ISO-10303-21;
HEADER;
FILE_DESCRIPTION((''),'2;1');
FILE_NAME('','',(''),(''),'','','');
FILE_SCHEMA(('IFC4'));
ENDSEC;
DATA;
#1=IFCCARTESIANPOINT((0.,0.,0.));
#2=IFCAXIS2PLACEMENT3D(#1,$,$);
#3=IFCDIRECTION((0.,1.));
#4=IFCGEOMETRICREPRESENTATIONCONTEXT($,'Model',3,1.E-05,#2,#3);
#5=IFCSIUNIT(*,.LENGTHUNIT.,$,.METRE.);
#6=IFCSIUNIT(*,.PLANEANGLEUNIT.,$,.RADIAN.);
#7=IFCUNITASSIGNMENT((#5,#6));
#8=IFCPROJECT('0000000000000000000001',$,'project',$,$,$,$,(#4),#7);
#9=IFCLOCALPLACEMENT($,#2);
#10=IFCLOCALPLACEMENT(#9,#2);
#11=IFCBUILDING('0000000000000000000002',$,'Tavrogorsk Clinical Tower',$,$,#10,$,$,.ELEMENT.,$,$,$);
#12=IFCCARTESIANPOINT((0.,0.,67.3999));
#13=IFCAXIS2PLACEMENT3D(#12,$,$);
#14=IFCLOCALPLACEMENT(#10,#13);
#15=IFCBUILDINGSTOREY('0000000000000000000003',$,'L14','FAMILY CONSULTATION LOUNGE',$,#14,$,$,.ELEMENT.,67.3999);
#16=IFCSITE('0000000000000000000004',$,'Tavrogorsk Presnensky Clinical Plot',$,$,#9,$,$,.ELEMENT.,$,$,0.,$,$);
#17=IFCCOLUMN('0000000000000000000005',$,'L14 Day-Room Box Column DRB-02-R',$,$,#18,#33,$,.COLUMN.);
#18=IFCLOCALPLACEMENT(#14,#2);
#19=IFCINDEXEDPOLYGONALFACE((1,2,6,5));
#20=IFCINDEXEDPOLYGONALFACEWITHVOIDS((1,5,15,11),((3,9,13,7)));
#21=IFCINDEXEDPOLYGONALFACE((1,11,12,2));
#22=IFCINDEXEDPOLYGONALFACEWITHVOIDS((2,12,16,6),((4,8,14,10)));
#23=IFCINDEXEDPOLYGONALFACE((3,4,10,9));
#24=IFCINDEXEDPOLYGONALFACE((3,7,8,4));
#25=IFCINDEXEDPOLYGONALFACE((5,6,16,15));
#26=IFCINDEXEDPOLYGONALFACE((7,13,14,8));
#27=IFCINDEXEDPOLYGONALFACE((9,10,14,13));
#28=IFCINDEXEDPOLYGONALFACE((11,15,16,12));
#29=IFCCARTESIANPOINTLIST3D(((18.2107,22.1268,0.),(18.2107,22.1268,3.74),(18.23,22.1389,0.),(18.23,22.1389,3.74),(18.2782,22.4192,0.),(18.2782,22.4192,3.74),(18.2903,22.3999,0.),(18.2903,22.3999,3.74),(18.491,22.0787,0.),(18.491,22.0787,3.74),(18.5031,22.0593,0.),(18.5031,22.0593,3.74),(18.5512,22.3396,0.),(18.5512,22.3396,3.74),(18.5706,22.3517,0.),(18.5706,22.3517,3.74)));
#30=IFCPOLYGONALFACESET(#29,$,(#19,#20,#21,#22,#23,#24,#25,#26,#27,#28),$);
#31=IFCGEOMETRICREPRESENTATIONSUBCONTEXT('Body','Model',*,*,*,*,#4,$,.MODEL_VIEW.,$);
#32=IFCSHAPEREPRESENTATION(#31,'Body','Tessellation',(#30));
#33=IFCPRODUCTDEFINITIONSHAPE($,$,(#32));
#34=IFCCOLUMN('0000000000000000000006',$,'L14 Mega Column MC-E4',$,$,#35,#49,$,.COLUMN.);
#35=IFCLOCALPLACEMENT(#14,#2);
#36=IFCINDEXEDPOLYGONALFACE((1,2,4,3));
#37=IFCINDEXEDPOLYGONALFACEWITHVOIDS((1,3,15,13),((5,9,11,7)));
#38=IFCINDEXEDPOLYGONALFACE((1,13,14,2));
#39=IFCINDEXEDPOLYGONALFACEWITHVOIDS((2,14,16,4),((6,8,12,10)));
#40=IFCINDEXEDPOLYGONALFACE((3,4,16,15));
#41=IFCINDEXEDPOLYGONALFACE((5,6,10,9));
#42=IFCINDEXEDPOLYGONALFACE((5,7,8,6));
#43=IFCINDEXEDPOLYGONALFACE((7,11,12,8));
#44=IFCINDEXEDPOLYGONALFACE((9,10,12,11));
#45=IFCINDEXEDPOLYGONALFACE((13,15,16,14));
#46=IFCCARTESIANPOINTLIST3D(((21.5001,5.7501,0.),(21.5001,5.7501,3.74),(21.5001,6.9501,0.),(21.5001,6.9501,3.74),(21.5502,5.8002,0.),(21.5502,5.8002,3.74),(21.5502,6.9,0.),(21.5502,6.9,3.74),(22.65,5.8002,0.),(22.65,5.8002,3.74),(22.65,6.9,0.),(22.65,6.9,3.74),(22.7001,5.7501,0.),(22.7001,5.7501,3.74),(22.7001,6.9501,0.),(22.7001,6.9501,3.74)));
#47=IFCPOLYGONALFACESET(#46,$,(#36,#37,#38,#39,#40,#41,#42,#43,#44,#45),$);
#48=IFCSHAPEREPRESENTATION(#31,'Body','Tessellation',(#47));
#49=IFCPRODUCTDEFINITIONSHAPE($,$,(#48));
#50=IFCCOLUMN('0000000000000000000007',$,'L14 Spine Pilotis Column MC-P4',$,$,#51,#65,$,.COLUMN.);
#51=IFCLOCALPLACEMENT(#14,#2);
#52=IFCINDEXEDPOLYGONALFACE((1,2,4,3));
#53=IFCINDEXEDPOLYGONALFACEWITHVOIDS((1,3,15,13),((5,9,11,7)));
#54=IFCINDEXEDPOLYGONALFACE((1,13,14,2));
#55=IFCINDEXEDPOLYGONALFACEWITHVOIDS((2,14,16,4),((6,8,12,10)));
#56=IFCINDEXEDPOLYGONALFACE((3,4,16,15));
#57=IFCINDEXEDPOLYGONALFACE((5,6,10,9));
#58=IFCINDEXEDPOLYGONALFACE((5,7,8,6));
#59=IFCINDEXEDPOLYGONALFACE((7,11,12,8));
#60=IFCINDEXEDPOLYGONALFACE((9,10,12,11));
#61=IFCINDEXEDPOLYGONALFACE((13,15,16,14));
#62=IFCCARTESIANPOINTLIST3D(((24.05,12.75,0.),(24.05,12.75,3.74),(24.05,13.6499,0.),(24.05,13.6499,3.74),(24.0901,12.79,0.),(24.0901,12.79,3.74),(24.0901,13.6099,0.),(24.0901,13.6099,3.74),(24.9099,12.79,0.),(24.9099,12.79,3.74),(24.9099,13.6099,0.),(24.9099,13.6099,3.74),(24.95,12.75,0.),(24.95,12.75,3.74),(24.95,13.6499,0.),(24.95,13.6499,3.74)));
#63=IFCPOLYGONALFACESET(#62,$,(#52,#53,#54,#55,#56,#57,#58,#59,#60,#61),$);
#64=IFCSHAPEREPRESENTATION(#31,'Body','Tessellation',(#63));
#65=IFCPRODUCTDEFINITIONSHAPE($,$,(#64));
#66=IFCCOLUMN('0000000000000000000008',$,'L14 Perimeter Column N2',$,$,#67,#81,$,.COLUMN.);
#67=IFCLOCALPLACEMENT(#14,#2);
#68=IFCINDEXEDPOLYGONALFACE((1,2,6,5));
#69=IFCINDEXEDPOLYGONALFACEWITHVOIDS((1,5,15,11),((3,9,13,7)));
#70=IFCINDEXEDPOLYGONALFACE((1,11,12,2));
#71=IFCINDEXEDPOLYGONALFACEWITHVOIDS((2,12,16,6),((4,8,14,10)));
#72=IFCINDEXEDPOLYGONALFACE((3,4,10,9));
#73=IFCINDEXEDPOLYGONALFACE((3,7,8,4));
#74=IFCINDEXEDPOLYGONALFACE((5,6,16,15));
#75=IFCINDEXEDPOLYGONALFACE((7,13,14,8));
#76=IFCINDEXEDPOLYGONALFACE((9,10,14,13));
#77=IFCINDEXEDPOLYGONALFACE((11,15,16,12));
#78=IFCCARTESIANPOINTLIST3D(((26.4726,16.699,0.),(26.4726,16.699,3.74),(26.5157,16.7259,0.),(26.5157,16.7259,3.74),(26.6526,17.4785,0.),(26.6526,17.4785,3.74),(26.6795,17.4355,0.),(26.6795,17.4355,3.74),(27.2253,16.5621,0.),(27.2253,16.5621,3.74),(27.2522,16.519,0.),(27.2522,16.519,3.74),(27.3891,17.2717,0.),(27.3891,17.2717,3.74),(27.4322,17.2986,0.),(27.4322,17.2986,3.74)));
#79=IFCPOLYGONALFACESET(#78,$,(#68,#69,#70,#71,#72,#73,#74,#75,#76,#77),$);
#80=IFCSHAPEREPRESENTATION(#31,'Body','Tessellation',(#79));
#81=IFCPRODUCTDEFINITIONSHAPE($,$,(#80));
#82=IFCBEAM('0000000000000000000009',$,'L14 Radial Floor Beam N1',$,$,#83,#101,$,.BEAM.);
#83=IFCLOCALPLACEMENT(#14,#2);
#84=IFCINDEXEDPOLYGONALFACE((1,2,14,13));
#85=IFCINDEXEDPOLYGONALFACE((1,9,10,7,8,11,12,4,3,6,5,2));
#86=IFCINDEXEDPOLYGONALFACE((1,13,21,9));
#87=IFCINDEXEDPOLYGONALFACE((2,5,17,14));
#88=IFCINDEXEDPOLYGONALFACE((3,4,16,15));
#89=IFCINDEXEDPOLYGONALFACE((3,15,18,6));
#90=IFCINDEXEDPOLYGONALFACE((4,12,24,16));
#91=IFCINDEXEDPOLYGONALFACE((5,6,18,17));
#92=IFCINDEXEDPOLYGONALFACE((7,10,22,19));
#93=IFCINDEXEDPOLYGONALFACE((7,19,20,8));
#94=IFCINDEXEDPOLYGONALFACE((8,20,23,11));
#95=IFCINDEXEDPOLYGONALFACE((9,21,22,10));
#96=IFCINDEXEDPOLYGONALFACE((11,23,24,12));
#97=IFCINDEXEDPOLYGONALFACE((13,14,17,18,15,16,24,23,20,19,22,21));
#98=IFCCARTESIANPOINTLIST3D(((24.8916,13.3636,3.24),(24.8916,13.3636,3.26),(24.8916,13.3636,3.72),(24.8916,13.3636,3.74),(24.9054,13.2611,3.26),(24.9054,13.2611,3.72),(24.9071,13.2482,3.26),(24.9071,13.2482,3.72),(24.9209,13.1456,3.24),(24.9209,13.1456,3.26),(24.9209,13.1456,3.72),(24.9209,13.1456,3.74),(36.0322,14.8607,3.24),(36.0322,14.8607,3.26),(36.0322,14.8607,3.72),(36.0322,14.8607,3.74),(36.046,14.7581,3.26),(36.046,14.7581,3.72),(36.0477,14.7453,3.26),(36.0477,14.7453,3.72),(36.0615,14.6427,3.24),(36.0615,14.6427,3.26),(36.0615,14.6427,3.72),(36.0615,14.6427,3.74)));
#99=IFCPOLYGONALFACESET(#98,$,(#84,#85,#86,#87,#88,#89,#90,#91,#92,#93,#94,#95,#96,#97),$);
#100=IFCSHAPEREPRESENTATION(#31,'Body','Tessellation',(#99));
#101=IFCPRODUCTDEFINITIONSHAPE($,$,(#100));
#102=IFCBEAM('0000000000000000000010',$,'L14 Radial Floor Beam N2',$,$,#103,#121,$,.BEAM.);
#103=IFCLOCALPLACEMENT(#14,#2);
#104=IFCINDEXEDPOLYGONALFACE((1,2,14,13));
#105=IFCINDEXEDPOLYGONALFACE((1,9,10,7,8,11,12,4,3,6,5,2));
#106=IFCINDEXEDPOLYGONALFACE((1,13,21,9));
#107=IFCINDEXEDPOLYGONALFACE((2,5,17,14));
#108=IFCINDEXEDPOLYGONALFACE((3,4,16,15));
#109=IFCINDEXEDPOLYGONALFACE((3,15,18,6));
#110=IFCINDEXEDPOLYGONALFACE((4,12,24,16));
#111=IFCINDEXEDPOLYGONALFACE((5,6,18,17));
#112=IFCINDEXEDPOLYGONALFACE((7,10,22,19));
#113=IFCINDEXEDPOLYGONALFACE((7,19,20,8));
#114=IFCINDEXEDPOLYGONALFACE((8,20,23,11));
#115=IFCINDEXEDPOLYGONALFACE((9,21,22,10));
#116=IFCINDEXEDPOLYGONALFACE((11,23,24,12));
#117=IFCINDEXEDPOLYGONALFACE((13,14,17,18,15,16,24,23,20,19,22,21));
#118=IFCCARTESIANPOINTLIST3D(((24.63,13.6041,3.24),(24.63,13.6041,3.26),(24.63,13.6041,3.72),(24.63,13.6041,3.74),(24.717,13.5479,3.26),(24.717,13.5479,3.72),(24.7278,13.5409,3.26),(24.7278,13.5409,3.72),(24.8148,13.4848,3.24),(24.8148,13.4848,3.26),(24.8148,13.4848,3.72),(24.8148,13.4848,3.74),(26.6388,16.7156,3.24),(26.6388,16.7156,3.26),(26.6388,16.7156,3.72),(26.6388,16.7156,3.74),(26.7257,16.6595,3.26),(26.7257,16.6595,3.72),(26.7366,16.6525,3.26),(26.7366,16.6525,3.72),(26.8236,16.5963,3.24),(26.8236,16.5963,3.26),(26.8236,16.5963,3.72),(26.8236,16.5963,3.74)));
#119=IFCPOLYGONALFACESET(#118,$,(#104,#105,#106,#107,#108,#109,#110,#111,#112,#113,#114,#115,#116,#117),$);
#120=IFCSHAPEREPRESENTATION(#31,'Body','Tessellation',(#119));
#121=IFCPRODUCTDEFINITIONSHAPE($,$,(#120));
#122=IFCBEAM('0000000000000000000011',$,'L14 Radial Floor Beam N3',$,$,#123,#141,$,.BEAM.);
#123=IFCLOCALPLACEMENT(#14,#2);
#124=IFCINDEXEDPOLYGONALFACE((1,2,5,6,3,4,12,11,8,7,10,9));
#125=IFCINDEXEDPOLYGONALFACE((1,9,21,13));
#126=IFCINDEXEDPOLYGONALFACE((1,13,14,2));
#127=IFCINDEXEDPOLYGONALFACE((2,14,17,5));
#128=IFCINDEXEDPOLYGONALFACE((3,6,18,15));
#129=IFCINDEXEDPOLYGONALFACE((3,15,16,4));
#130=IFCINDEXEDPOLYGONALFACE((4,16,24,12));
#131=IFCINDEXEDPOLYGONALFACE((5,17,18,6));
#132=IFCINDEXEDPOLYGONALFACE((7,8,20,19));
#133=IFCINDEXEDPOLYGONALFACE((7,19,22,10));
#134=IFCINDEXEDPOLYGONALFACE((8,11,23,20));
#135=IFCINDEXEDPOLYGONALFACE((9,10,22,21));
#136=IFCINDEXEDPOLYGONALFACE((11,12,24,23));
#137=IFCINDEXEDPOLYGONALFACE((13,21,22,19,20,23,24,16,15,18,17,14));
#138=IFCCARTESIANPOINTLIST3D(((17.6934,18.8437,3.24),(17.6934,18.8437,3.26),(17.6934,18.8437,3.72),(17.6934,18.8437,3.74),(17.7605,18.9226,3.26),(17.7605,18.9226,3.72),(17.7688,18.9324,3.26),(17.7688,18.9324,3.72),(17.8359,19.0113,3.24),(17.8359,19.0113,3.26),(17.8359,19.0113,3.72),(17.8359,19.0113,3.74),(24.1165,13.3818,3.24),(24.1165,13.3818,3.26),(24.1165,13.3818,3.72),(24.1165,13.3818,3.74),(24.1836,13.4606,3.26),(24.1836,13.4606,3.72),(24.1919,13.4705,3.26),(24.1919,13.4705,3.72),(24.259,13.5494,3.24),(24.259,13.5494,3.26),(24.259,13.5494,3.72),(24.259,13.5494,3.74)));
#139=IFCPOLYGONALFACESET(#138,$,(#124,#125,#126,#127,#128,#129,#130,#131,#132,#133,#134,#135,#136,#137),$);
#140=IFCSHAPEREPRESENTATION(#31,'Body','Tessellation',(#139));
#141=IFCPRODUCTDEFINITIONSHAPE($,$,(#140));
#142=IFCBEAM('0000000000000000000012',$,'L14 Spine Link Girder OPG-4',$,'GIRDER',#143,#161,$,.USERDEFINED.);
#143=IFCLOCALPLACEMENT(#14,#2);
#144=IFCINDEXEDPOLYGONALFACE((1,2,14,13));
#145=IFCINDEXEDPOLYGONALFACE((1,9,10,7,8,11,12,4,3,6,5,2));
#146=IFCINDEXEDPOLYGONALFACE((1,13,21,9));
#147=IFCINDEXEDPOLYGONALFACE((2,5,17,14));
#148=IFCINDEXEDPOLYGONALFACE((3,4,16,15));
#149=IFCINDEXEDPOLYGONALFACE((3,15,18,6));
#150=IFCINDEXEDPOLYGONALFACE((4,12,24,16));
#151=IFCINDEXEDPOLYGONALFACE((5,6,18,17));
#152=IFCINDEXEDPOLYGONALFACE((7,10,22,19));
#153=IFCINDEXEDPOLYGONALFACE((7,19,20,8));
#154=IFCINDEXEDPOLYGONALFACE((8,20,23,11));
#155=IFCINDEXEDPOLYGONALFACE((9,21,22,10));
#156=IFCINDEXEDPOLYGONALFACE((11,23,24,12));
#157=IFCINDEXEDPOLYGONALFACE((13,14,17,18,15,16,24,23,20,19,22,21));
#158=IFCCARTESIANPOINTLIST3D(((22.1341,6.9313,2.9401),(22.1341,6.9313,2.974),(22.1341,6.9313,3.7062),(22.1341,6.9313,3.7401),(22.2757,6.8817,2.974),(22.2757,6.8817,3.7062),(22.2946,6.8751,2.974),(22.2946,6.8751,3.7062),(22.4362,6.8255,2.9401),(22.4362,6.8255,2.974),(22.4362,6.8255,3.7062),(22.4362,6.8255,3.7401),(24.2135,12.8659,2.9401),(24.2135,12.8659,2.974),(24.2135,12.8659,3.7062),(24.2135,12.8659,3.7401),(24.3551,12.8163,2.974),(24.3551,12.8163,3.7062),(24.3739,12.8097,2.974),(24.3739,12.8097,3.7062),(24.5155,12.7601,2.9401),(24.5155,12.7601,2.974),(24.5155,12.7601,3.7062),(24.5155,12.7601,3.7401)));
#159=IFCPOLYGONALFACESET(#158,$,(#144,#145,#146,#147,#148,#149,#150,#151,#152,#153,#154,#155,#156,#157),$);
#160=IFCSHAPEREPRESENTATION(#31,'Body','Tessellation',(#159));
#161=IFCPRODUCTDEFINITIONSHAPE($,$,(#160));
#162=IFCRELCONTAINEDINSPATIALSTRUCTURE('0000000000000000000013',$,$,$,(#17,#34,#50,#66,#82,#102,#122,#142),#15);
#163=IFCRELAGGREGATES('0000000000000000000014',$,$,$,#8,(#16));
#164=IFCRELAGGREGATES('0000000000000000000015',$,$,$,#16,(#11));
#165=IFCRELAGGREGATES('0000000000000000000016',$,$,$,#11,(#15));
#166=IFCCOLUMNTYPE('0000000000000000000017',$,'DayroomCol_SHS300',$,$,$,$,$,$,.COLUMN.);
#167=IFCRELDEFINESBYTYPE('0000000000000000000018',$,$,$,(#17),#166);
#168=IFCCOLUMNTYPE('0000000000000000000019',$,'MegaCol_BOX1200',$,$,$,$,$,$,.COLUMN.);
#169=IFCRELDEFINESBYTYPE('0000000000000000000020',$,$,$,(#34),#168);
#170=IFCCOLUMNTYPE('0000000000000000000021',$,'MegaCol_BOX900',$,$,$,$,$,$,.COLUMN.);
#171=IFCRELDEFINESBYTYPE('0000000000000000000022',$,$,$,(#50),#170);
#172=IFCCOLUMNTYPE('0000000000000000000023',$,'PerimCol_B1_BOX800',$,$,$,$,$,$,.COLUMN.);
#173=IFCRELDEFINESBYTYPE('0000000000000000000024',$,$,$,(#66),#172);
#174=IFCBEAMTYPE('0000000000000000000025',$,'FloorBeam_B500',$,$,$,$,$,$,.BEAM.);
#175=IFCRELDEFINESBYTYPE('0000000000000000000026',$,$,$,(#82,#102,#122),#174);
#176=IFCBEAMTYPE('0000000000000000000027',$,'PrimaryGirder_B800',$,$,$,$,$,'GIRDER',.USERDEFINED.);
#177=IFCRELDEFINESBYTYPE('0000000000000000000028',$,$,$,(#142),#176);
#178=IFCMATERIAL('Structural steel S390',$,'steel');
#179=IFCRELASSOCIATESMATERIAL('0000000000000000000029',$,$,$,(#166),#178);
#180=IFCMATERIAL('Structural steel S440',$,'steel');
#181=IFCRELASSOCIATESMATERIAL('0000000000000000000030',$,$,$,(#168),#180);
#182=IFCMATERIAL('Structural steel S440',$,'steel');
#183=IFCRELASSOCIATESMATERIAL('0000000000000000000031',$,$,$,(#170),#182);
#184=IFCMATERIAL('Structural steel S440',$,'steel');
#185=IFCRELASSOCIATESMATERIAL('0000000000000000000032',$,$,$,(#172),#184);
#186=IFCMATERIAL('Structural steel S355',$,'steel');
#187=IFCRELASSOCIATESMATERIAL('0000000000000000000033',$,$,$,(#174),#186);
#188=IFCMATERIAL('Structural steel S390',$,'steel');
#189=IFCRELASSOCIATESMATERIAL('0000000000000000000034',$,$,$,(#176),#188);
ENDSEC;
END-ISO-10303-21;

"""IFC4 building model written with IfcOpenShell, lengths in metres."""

from ifc_helpers import new_model, si_unit, direction, frame, origin, origin_2d, place, context, subcontext, project, spatial, hollow_rectangle, i_section, extrude, material, material_profile, profile_set, type_object, element, save


model = new_model("IFC4")

# Units and contexts
model_context = context("Model", 3, precision=1e-05, world=origin(), true_north=direction((0.0, 1.0)))
body_context = subcontext(model_context, "Body", "Model", "MODEL_VIEW")
ifc_project = project(units=[si_unit("LENGTHUNIT", "METRE"), si_unit("PLANEANGLEUNIT", "RADIAN")], contexts=[model_context])

# Site, building, storey
site_placement = place(None, origin())
site = spatial("IfcSite", under=ifc_project, at=site_placement, Name="Tavrogorsk Presnensky Clinical Plot", CompositionType="ELEMENT", RefElevation=0.0)
building_placement = place(site_placement, origin())
building = spatial("IfcBuilding", under=site, at=building_placement, Name="Tavrogorsk Clinical Tower", CompositionType="ELEMENT")
storey_placement = place(building_placement, frame((0.0, 0.0, 67.3999)))
storey = spatial("IfcBuildingStorey", under=building, at=storey_placement, Name="L14", Description="FAMILY CONSULTATION LOUNGE", CompositionType="ELEMENT", Elevation=67.3999)

# Columns
ifc_material_1 = material(Name="Structural steel S390", Category="steel")
ifc_material_profile_1 = material_profile(ifc_material_1, hollow_rectangle(XDim=0.3, YDim=0.3, WallThickness=0.0161, at=origin_2d()), Name="SHS-300x300x16")
ifc_profile_set_1 = profile_set([ifc_material_profile_1], Name="Structural steel S390")
column_type_1 = type_object("IfcColumnType", Name="DayroomCol_SHS300", PredefinedType="COLUMN", material=ifc_profile_set_1)
column_1_placement = place(storey_placement, frame((18.3906, 22.2393, 0.0), z_axis=(0.0, 0.0, 1.0), x_axis=(0.97437, -0.224951, 0.0)))
element("IfcColumn", 1, at=column_1_placement, inside=storey, type_object=column_type_1, Name="L14 Day-Room Box Column DRB-02-R", PredefinedType="COLUMN", context=body_context, shape_type="SweptSolid", body=[
    extrude(hollow_rectangle(XDim=0.3, YDim=0.3, WallThickness=0.0161, at=origin_2d()), origin(), (0.0, 0.0, 1.0), 3.74),
])
ifc_material_2 = material(Name="Structural steel S440", Category="steel")
ifc_material_profile_2 = material_profile(ifc_material_2, hollow_rectangle(XDim=1.2, YDim=1.2, WallThickness=0.05, at=origin_2d()), Name="BOX-1200x1200x50")
ifc_profile_set_2 = profile_set([ifc_material_profile_2], Name="Structural steel S440")
column_type_2 = type_object("IfcColumnType", Name="MegaCol_BOX1200", PredefinedType="COLUMN", material=ifc_profile_set_2)
column_2_placement = place(storey_placement, frame((22.1001, 6.3501, 0.0), z_axis=(0.0, 0.0, 1.0), x_axis=(1.0, 0.0, 0.0)))
element("IfcColumn", 2, at=column_2_placement, inside=storey, type_object=column_type_2, Name="L14 Mega Column MC-E4", PredefinedType="COLUMN", context=body_context, shape_type="SweptSolid", body=[
    extrude(hollow_rectangle(XDim=1.2, YDim=1.2, WallThickness=0.05, at=origin_2d()), origin(), (0.0, 0.0, 1.0), 3.74),
])
ifc_material_3 = material(Name="Structural steel S440", Category="steel")
ifc_material_profile_3 = material_profile(ifc_material_3, hollow_rectangle(XDim=0.8999, YDim=0.8999, WallThickness=0.04, at=origin_2d()), Name="BOX-900x900x40")
ifc_profile_set_3 = profile_set([ifc_material_profile_3], Name="Structural steel S440")
column_type_3 = type_object("IfcColumnType", Name="MegaCol_BOX900", PredefinedType="COLUMN", material=ifc_profile_set_3)
column_3_placement = place(storey_placement, frame((24.5, 13.2, 0.0), z_axis=(0.0, 0.0, 1.0), x_axis=(1.0, 0.0, 0.0)))
element("IfcColumn", 3, at=column_3_placement, inside=storey, type_object=column_type_3, Name="L14 Spine Pilotis Column MC-P4", PredefinedType="COLUMN", context=body_context, shape_type="SweptSolid", body=[
    extrude(hollow_rectangle(XDim=0.8999, YDim=0.8999, WallThickness=0.04, at=origin_2d()), origin(), (0.0, 0.0, 1.0), 3.74),
])
ifc_material_4 = material(Name="Structural steel S440", Category="steel")
ifc_material_profile_4 = material_profile(ifc_material_4, hollow_rectangle(XDim=0.8, YDim=0.8, WallThickness=0.0359, at=origin_2d()), Name="BOX-800x800x36")
ifc_profile_set_4 = profile_set([ifc_material_profile_4], Name="Structural steel S440")
column_type_4 = type_object("IfcColumnType", Name="PerimCol_B1_BOX800", PredefinedType="COLUMN", material=ifc_profile_set_4)
column_4_placement = place(storey_placement, frame((26.9524, 16.9988, 0.0), z_axis=(0.0, 0.0, 1.0), x_axis=(0.97437, -0.224951, 0.0)))
element("IfcColumn", 4, at=column_4_placement, inside=storey, type_object=column_type_4, Name="L14 Perimeter Column N2", PredefinedType="COLUMN", context=body_context, shape_type="SweptSolid", body=[
    extrude(hollow_rectangle(XDim=0.8, YDim=0.8, WallThickness=0.0359, at=origin_2d()), origin(), (0.0, 0.0, 1.0), 3.74),
])

# Beams
ifc_material_5 = material(Name="Structural steel S355", Category="steel")
ifc_material_profile_5 = material_profile(ifc_material_5, i_section(OverallWidth=0.22, OverallDepth=0.5, WebThickness=0.0129, FlangeThickness=0.02, at=origin_2d()), Name="B-500x220x13x20")
ifc_profile_set_5 = profile_set([ifc_material_profile_5], Name="Structural steel S355")
beam_type_1 = type_object("IfcBeamType", Name="FloorBeam_B500", PredefinedType="BEAM", material=ifc_profile_set_5)
beam_1_placement = place(storey_placement, frame((24.9062, 13.2546, 3.49), z_axis=(0.991092, 0.133182, 0.0), x_axis=(-0.133182, 0.991092, 0.0)))
element("IfcBeam", 5, at=beam_1_placement, inside=storey, type_object=beam_type_1, Name="L14 Radial Floor Beam N1", PredefinedType="BEAM", context=body_context, shape_type="SweptSolid", body=[
    extrude(i_section(OverallWidth=0.22, OverallDepth=0.5, WebThickness=0.0129, FlangeThickness=0.02, at=origin_2d()), origin(), (0.0, 0.0, 1.0), 11.2407),
])
beam_2_placement = place(storey_placement, frame((24.7224, 13.5444, 3.49), z_axis=(0.542379, 0.840134, 0.0), x_axis=(-0.840134, 0.542379, 0.0)))
element("IfcBeam", 6, at=beam_2_placement, inside=storey, type_object=beam_type_1, Name="L14 Radial Floor Beam N2", PredefinedType="BEAM", context=body_context, shape_type="SweptSolid", body=[
    extrude(i_section(OverallWidth=0.22, OverallDepth=0.5, WebThickness=0.0129, FlangeThickness=0.02, at=origin_2d()), origin(), (0.0, 0.0, 1.0), 3.7036),
])
beam_3_placement = place(storey_placement, frame((24.1877, 13.4656, 3.49), z_axis=(-0.761806, 0.647806, 0.0), x_axis=(-0.647806, -0.761806, 0.0)))
element("IfcBeam", 7, at=beam_3_placement, inside=storey, type_object=beam_type_1, Name="L14 Radial Floor Beam N3", PredefinedType="BEAM", context=body_context, shape_type="SweptSolid", body=[
    extrude(i_section(OverallWidth=0.22, OverallDepth=0.5, WebThickness=0.0129, FlangeThickness=0.02, at=origin_2d()), origin(), (0.0, 0.0, 1.0), 8.4314),
])
ifc_material_6 = material(Name="Structural steel S390", Category="steel")
ifc_material_profile_6 = material_profile(ifc_material_6, i_section(OverallWidth=0.3201, OverallDepth=0.8, WebThickness=0.02, FlangeThickness=0.0339, at=origin_2d()), Name="B-800x320x20x34")
ifc_profile_set_6 = profile_set([ifc_material_profile_6], Name="Structural steel S390")
beam_type_2 = type_object("IfcBeamType", Name="PrimaryGirder_B800", ElementType="GIRDER", PredefinedType="USERDEFINED", material=ifc_profile_set_6)
beam_4_placement = place(storey_placement, frame((24.3645, 12.813, 3.3401), z_axis=(-0.330669, -0.943747, 0.0), x_axis=(0.943747, -0.330669, 0.0)))
element("IfcBeam", 8, at=beam_4_placement, inside=storey, type_object=beam_type_2, Name="L14 Spine Link Girder OPG-4", ObjectType="GIRDER", PredefinedType="USERDEFINED", context=body_context, shape_type="SweptSolid", body=[
    extrude(i_section(OverallWidth=0.3201, OverallDepth=0.8, WebThickness=0.02, FlangeThickness=0.0339, at=origin_2d()), origin(), (0.0, 0.0, 1.0), 6.2883),
])

save(model, "model.ifc")
